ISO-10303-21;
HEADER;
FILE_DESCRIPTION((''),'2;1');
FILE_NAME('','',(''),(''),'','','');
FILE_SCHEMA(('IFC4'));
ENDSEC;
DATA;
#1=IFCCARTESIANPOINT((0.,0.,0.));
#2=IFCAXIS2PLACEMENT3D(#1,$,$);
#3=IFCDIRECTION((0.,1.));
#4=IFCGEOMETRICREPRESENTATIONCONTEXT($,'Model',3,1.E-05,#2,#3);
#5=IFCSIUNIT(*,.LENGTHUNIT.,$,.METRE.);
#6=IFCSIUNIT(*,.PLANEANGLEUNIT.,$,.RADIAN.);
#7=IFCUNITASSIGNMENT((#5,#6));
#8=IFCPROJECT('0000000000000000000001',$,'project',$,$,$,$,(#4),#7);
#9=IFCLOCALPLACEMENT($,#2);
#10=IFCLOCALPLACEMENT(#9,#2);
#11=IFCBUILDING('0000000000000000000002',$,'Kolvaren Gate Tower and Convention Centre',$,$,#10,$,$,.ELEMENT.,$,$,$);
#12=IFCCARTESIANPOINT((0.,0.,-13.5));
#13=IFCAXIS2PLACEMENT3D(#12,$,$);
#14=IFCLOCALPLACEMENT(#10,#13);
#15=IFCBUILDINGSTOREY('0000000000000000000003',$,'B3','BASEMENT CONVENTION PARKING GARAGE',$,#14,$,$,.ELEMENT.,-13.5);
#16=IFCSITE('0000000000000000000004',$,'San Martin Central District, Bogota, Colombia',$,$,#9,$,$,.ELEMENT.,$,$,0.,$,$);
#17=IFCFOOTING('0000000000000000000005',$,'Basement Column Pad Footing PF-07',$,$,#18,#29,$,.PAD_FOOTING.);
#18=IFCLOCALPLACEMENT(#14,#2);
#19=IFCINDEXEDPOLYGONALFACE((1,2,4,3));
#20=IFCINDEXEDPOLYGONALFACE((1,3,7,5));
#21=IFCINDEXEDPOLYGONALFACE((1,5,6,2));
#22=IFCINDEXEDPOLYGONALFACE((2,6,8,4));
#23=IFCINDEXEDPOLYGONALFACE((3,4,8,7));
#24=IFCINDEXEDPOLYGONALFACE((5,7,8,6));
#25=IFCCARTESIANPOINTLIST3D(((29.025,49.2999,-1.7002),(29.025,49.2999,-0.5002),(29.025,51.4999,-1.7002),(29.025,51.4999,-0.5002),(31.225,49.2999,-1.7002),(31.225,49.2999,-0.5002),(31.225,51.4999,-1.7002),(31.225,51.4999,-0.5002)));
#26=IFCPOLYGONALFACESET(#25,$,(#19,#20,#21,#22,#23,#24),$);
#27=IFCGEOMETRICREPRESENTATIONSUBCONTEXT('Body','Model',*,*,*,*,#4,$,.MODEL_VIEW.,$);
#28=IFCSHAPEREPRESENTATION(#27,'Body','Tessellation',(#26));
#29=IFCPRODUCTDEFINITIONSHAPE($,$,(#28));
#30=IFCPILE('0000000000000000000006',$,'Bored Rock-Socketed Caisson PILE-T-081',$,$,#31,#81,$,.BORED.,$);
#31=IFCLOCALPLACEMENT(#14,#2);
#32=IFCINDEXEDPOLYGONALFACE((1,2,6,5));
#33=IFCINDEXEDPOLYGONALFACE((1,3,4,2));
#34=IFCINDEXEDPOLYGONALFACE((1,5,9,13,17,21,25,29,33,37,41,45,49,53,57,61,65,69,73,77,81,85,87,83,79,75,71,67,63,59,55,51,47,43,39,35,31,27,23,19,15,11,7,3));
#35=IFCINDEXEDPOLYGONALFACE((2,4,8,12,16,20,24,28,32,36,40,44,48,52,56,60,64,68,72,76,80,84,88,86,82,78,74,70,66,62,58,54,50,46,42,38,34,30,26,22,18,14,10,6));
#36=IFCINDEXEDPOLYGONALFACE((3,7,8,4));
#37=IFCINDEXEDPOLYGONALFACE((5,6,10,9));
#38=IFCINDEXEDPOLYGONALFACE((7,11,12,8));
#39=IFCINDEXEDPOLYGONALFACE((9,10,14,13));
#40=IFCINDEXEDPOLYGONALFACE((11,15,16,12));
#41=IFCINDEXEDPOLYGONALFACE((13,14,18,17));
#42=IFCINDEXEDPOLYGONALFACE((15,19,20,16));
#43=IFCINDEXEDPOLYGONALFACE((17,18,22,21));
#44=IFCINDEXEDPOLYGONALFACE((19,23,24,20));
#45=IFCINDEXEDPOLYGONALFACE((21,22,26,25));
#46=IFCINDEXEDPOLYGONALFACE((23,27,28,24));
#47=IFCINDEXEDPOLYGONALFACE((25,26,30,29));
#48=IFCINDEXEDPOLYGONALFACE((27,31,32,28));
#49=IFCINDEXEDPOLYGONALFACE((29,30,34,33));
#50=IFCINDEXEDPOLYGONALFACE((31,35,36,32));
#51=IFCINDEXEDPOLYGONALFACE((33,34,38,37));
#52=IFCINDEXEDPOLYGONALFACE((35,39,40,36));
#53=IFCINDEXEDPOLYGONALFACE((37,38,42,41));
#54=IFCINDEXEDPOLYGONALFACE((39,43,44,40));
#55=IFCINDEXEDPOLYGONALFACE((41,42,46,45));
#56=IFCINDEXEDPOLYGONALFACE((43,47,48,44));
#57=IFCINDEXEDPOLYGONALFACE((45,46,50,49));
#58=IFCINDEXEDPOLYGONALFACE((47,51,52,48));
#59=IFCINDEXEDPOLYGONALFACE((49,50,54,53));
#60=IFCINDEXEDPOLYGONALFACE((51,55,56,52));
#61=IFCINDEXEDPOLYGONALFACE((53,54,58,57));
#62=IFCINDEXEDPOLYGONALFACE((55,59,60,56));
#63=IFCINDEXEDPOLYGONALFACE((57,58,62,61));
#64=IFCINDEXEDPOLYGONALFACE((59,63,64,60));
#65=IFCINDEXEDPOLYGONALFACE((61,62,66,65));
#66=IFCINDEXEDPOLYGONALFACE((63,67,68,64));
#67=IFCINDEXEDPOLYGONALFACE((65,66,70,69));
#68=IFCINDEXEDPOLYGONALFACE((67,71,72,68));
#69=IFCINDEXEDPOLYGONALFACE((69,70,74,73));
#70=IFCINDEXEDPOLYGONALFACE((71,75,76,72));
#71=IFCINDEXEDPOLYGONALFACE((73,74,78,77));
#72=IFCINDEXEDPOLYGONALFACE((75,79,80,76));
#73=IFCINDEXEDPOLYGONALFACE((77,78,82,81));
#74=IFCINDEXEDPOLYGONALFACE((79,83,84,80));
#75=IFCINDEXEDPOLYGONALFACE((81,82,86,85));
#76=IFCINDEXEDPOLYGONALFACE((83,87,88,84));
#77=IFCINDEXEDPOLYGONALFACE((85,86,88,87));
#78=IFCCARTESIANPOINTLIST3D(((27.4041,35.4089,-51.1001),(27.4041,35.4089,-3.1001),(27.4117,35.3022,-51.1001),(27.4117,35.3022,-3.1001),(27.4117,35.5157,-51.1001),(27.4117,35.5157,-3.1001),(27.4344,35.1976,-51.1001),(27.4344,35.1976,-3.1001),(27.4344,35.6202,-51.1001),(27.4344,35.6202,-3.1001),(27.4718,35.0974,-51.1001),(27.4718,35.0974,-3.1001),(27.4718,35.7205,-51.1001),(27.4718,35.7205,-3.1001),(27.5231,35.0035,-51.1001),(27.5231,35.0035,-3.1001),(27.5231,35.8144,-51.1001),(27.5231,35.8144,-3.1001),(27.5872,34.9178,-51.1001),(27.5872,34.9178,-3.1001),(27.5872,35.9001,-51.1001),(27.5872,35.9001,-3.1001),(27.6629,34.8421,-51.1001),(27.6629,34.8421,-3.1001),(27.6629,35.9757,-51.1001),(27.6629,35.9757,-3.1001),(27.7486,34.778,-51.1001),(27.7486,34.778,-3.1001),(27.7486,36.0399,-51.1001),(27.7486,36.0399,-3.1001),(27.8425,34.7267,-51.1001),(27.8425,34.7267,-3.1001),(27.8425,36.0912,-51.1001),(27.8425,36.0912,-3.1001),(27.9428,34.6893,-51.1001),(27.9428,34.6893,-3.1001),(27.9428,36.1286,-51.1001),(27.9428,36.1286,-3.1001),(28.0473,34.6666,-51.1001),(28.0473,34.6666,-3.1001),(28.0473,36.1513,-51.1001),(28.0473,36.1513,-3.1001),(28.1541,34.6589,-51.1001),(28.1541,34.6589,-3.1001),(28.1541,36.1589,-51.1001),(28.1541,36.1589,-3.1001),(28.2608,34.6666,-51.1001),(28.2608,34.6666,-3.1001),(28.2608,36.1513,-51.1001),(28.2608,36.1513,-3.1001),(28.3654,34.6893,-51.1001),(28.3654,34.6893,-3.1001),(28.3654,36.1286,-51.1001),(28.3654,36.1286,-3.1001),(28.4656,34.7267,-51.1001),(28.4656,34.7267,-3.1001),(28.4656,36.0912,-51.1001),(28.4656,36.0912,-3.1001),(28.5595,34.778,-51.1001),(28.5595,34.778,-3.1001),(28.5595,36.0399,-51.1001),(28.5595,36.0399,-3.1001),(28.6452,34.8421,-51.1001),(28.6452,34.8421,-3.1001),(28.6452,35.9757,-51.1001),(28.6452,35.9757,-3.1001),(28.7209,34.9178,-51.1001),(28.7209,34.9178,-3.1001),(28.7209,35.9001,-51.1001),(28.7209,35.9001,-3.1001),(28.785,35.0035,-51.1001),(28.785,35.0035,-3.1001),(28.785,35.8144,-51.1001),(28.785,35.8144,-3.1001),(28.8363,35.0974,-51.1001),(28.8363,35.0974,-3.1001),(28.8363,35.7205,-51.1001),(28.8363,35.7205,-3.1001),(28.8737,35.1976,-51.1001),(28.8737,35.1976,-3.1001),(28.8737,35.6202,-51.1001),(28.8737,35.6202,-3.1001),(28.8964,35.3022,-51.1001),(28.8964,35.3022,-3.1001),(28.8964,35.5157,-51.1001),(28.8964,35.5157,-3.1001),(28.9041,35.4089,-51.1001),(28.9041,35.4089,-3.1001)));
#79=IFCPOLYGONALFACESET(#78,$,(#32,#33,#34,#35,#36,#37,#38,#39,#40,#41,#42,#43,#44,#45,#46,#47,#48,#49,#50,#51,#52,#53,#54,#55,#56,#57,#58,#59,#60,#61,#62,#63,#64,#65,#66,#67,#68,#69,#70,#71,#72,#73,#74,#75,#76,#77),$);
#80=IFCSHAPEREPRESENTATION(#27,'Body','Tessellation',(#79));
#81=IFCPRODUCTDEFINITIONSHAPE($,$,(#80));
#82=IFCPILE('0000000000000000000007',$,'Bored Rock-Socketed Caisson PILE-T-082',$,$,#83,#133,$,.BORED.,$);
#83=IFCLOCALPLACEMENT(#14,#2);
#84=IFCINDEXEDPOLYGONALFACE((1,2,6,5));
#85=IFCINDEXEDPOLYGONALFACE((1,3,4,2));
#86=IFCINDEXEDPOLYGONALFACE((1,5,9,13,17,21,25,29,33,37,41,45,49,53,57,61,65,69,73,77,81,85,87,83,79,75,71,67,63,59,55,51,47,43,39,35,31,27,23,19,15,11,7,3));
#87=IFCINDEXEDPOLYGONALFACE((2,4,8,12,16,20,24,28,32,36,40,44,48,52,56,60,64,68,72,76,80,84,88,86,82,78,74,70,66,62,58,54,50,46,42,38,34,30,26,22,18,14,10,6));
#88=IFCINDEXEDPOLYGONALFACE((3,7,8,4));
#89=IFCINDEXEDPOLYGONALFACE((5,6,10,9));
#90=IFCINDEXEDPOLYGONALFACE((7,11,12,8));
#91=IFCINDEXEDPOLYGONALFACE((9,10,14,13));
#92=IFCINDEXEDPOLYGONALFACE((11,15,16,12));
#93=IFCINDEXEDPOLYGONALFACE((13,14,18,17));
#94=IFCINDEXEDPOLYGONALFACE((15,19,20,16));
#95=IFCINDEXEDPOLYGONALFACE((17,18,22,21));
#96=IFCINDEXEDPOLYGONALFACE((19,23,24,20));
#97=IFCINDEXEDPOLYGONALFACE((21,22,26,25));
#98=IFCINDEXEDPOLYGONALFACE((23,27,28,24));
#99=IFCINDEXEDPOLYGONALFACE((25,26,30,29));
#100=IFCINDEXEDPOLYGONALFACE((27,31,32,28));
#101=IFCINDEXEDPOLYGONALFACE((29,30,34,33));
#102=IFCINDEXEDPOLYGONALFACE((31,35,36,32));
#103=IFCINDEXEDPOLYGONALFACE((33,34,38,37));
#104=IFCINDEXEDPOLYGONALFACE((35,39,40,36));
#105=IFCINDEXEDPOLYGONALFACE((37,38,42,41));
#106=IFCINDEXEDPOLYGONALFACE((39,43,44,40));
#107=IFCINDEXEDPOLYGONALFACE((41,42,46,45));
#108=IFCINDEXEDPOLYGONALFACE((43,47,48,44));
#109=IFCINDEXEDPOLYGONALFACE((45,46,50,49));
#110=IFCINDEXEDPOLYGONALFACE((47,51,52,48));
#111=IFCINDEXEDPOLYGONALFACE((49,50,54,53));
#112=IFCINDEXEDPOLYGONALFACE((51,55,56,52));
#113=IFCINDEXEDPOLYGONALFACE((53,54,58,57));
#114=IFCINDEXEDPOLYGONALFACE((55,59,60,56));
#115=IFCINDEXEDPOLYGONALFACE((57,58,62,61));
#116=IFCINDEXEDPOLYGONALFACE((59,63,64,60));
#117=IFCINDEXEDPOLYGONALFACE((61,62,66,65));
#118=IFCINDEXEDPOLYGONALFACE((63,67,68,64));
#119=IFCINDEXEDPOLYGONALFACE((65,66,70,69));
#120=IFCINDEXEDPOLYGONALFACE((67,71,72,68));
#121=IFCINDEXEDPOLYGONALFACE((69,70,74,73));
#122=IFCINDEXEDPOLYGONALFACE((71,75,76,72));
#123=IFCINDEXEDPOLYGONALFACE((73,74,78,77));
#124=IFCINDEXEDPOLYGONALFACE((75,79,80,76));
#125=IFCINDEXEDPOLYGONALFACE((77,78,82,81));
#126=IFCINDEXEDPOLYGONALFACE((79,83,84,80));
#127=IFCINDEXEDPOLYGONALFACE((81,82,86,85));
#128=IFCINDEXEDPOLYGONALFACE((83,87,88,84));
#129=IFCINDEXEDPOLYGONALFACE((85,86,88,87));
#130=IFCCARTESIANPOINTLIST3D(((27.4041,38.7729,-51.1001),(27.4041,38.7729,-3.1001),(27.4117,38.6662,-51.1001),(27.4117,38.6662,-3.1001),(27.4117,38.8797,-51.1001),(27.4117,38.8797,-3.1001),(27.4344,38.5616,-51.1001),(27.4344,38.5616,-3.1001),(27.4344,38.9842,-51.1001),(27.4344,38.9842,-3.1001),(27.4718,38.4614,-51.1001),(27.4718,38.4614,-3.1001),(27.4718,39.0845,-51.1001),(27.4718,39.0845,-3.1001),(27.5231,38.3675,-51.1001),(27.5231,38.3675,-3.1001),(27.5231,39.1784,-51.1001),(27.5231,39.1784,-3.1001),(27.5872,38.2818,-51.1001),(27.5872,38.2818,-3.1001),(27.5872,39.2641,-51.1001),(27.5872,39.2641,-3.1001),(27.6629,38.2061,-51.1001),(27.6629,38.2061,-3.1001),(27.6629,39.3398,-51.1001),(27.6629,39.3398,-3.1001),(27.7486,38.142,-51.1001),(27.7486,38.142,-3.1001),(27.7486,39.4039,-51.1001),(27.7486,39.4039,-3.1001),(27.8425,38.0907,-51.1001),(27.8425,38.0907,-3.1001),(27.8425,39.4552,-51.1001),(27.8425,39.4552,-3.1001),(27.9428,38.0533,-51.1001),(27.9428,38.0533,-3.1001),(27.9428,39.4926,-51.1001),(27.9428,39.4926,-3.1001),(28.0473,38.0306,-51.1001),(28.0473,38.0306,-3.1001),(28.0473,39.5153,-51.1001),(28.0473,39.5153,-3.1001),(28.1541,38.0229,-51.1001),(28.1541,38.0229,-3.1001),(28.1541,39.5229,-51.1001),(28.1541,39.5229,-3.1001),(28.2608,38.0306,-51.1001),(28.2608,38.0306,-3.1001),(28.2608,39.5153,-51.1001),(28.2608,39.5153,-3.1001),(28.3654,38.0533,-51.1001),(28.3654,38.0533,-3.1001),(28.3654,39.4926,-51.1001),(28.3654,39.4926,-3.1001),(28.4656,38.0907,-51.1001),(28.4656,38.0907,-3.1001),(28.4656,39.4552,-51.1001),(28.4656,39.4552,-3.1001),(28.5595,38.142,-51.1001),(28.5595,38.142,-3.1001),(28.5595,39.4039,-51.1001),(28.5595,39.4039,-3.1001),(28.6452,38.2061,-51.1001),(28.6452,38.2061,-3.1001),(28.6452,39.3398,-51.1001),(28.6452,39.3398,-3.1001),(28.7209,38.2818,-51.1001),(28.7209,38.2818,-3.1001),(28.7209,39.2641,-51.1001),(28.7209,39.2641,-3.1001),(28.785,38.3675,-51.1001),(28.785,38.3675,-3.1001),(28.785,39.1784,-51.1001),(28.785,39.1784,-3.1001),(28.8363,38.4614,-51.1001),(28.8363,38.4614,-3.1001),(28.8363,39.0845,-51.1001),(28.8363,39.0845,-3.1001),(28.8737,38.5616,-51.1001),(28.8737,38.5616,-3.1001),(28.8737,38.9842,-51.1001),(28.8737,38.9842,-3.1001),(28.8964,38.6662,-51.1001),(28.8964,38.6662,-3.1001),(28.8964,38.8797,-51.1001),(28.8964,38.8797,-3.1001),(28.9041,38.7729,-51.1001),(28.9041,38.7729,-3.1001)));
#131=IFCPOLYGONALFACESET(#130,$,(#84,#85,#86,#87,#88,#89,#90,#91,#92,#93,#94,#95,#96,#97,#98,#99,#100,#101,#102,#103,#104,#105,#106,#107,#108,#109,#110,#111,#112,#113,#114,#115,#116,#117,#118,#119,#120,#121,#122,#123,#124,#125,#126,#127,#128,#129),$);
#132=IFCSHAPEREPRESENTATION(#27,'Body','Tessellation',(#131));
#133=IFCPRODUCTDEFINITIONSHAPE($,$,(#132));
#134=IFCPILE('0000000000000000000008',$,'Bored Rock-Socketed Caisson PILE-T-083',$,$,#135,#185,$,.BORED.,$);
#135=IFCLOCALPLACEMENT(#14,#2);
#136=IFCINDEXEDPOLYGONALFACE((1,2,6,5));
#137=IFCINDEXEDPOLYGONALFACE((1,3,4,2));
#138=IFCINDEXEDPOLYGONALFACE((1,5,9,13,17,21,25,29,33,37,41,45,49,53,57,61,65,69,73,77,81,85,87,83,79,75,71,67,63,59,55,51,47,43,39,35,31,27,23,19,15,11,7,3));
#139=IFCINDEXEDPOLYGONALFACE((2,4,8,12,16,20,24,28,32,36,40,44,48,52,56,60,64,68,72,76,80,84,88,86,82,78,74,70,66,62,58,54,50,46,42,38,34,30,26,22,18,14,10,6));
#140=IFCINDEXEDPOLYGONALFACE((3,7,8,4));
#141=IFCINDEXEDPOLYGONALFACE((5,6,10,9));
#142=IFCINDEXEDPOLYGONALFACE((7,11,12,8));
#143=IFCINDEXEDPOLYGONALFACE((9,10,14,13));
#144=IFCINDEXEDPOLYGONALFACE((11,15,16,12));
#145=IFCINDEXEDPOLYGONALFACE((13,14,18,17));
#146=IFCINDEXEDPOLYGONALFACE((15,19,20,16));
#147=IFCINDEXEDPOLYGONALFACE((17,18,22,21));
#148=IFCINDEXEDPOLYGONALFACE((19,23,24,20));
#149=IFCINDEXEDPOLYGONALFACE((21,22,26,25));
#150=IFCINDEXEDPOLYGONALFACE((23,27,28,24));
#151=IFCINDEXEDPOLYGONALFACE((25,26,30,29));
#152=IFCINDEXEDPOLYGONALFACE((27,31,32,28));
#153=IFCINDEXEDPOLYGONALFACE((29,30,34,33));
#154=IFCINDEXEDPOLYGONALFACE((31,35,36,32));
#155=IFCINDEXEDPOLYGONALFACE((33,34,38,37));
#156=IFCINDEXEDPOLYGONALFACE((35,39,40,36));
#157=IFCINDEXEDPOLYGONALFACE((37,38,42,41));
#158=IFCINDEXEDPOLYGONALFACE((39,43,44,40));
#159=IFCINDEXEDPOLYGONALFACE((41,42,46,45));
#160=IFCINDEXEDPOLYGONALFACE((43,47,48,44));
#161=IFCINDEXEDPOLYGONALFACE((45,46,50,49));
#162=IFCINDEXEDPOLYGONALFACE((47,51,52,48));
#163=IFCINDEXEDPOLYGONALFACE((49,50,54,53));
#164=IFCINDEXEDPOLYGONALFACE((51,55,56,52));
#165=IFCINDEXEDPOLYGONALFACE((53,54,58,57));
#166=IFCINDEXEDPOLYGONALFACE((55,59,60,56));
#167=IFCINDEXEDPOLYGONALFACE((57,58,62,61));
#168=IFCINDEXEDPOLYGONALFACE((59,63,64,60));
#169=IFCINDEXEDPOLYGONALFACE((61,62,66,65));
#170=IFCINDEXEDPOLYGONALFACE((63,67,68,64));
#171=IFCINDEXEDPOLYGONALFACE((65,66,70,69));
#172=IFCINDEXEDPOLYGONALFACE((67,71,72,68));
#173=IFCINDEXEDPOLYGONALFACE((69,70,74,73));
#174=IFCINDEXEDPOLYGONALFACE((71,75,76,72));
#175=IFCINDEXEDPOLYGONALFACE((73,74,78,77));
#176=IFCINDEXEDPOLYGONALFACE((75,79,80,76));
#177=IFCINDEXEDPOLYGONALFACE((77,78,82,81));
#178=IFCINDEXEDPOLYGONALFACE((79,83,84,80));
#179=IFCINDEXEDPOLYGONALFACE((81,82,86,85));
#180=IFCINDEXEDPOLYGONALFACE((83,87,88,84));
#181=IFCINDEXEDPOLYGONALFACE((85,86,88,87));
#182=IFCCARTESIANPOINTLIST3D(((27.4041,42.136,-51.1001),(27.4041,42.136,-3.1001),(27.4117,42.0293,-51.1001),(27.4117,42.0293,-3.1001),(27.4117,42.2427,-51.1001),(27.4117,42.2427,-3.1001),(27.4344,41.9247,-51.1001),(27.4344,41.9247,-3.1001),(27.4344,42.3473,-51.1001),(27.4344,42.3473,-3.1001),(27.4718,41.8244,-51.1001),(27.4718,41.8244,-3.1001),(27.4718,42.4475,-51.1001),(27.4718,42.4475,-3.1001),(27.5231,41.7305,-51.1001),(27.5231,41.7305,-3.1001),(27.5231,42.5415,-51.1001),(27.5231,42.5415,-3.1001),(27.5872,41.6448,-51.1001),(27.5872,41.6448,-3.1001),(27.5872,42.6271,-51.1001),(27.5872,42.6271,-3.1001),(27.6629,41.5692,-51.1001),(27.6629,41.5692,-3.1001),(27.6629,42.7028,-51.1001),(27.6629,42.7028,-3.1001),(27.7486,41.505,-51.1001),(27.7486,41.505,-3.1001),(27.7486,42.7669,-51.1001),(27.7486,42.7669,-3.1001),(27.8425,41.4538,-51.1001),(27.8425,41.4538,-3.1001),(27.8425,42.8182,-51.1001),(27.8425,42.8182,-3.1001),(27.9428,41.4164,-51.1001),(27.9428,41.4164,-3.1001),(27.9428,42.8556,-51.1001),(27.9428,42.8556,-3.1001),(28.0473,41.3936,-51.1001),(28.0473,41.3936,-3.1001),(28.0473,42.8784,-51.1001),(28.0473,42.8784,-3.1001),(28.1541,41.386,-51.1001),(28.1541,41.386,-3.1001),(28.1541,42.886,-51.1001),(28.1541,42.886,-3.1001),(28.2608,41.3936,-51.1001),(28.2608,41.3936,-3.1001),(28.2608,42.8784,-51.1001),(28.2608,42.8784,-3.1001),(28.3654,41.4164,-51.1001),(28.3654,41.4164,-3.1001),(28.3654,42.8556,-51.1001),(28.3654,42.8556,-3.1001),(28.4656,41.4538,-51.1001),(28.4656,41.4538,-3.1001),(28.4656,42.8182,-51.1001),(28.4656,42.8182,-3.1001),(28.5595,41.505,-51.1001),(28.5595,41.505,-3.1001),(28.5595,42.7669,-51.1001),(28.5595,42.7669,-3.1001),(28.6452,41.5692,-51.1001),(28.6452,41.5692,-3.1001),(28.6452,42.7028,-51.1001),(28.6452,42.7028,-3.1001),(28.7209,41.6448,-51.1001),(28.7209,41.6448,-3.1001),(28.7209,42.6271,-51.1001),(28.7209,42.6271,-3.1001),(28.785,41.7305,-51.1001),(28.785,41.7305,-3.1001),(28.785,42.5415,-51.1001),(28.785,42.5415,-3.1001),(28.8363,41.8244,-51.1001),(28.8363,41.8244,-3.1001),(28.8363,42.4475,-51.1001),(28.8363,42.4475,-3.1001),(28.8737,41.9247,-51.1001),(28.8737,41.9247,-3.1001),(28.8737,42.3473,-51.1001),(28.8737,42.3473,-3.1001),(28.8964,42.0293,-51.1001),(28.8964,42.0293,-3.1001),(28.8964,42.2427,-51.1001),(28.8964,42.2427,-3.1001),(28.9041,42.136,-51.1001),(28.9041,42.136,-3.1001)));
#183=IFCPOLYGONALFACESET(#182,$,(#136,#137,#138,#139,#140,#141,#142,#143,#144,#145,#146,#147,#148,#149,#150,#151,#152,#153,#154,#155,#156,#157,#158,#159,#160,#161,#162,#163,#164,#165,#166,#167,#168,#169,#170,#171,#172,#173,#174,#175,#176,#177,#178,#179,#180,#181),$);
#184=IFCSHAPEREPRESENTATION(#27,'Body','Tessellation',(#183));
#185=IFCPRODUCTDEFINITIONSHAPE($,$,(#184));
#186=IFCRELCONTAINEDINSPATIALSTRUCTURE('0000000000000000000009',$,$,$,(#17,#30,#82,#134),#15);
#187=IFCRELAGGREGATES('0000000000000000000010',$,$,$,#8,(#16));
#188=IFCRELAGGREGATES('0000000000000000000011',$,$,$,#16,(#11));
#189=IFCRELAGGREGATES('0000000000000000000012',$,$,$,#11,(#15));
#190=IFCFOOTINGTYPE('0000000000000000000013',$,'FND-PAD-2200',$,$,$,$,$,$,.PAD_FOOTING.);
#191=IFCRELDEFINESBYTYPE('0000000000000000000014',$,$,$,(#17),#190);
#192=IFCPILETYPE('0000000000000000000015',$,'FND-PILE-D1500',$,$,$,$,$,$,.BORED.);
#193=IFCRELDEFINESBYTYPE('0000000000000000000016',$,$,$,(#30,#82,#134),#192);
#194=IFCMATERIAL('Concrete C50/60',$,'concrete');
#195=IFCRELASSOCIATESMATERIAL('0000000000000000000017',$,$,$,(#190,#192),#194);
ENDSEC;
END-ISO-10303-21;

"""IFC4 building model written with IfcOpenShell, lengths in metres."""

from ifc_helpers import new_model, si_unit, direction, frame, origin, origin_2d, place, context, subcontext, project, spatial, rectangle, circle, extrude, material, material_profile, profile_set, type_object, element, save


model = new_model("IFC4")

# Units and contexts
model_context = context("Model", 3, precision=1e-05, world=origin(), true_north=direction((0.0, 1.0)))
body_context = subcontext(model_context, "Body", "Model", "MODEL_VIEW")
ifc_project = project(units=[si_unit("LENGTHUNIT", "METRE"), si_unit("PLANEANGLEUNIT", "RADIAN")], contexts=[model_context])

# Site, building, storey
site_placement = place(None, origin())
site = spatial("IfcSite", under=ifc_project, at=site_placement, Name="San Martin Central District, Bogota, Colombia", CompositionType="ELEMENT", RefElevation=0.0)
building_placement = place(site_placement, origin())
building = spatial("IfcBuilding", under=site, at=building_placement, Name="Kolvaren Gate Tower and Convention Centre", CompositionType="ELEMENT")
storey_placement = place(building_placement, frame((0.0, 0.0, -13.5)))
storey = spatial("IfcBuildingStorey", under=building, at=storey_placement, Name="B3", Description="BASEMENT CONVENTION PARKING GARAGE", CompositionType="ELEMENT", Elevation=-13.5)

# Footing
ifc_material_1 = material(Name="Concrete C50/60", Category="concrete")
footing_type = type_object("IfcFootingType", Name="FND-PAD-2200", PredefinedType="PAD_FOOTING", material=ifc_material_1)
footing_placement = place(storey_placement, frame((30.125, 50.3999, -1.7002), z_axis=(0.0, 0.0, 1.0), x_axis=(1.0, 0.0, 0.0)))
element("IfcFooting", 1, at=footing_placement, inside=storey, type_object=footing_type, Name="Basement Column Pad Footing PF-07", PredefinedType="PAD_FOOTING", context=body_context, shape_type="SweptSolid", body=[
    extrude(rectangle(XDim=2.2, YDim=2.2, at=origin_2d()), origin(), (0.0, 0.0, 1.0), 1.2),
])

# Piles
ifc_material_profile_1 = material_profile(ifc_material_1, circle(Radius=0.75, at=origin_2d()), Name="CAISSON-D1500")
ifc_profile_set_1 = profile_set([ifc_material_profile_1], Name="Concrete C50/60")
pile_type = type_object("IfcPileType", Name="FND-PILE-D1500", PredefinedType="BORED", material=ifc_profile_set_1)
for number, where, z_axis, x_axis, name in (
    (2, (28.1541, 35.4089, -3.1001), (0.0, 0.0, -1.0), (1.0, 0.0, 0.0), "Bored Rock-Socketed Caisson PILE-T-081"),
    (3, (28.1541, 38.7729, -3.1001), (0.0, 0.0, -1.0), (1.0, 0.0, 0.0), "Bored Rock-Socketed Caisson PILE-T-082"),
    (4, (28.1541, 42.136, -3.1001), (0.0, 0.0, -1.0), (1.0, 0.0, 0.0), "Bored Rock-Socketed Caisson PILE-T-083"),
):
    element("IfcPile", number, at=place(storey_placement, frame(where, z_axis=z_axis, x_axis=x_axis)), inside=storey, type_object=pile_type, Name=name, PredefinedType="BORED", context=body_context, shape_type="SweptSolid", body=[
        extrude(circle(Radius=0.75, at=origin_2d()), origin(), (0.0, 0.0, 1.0), 48.0),
    ])

save(model, "model.ifc")
